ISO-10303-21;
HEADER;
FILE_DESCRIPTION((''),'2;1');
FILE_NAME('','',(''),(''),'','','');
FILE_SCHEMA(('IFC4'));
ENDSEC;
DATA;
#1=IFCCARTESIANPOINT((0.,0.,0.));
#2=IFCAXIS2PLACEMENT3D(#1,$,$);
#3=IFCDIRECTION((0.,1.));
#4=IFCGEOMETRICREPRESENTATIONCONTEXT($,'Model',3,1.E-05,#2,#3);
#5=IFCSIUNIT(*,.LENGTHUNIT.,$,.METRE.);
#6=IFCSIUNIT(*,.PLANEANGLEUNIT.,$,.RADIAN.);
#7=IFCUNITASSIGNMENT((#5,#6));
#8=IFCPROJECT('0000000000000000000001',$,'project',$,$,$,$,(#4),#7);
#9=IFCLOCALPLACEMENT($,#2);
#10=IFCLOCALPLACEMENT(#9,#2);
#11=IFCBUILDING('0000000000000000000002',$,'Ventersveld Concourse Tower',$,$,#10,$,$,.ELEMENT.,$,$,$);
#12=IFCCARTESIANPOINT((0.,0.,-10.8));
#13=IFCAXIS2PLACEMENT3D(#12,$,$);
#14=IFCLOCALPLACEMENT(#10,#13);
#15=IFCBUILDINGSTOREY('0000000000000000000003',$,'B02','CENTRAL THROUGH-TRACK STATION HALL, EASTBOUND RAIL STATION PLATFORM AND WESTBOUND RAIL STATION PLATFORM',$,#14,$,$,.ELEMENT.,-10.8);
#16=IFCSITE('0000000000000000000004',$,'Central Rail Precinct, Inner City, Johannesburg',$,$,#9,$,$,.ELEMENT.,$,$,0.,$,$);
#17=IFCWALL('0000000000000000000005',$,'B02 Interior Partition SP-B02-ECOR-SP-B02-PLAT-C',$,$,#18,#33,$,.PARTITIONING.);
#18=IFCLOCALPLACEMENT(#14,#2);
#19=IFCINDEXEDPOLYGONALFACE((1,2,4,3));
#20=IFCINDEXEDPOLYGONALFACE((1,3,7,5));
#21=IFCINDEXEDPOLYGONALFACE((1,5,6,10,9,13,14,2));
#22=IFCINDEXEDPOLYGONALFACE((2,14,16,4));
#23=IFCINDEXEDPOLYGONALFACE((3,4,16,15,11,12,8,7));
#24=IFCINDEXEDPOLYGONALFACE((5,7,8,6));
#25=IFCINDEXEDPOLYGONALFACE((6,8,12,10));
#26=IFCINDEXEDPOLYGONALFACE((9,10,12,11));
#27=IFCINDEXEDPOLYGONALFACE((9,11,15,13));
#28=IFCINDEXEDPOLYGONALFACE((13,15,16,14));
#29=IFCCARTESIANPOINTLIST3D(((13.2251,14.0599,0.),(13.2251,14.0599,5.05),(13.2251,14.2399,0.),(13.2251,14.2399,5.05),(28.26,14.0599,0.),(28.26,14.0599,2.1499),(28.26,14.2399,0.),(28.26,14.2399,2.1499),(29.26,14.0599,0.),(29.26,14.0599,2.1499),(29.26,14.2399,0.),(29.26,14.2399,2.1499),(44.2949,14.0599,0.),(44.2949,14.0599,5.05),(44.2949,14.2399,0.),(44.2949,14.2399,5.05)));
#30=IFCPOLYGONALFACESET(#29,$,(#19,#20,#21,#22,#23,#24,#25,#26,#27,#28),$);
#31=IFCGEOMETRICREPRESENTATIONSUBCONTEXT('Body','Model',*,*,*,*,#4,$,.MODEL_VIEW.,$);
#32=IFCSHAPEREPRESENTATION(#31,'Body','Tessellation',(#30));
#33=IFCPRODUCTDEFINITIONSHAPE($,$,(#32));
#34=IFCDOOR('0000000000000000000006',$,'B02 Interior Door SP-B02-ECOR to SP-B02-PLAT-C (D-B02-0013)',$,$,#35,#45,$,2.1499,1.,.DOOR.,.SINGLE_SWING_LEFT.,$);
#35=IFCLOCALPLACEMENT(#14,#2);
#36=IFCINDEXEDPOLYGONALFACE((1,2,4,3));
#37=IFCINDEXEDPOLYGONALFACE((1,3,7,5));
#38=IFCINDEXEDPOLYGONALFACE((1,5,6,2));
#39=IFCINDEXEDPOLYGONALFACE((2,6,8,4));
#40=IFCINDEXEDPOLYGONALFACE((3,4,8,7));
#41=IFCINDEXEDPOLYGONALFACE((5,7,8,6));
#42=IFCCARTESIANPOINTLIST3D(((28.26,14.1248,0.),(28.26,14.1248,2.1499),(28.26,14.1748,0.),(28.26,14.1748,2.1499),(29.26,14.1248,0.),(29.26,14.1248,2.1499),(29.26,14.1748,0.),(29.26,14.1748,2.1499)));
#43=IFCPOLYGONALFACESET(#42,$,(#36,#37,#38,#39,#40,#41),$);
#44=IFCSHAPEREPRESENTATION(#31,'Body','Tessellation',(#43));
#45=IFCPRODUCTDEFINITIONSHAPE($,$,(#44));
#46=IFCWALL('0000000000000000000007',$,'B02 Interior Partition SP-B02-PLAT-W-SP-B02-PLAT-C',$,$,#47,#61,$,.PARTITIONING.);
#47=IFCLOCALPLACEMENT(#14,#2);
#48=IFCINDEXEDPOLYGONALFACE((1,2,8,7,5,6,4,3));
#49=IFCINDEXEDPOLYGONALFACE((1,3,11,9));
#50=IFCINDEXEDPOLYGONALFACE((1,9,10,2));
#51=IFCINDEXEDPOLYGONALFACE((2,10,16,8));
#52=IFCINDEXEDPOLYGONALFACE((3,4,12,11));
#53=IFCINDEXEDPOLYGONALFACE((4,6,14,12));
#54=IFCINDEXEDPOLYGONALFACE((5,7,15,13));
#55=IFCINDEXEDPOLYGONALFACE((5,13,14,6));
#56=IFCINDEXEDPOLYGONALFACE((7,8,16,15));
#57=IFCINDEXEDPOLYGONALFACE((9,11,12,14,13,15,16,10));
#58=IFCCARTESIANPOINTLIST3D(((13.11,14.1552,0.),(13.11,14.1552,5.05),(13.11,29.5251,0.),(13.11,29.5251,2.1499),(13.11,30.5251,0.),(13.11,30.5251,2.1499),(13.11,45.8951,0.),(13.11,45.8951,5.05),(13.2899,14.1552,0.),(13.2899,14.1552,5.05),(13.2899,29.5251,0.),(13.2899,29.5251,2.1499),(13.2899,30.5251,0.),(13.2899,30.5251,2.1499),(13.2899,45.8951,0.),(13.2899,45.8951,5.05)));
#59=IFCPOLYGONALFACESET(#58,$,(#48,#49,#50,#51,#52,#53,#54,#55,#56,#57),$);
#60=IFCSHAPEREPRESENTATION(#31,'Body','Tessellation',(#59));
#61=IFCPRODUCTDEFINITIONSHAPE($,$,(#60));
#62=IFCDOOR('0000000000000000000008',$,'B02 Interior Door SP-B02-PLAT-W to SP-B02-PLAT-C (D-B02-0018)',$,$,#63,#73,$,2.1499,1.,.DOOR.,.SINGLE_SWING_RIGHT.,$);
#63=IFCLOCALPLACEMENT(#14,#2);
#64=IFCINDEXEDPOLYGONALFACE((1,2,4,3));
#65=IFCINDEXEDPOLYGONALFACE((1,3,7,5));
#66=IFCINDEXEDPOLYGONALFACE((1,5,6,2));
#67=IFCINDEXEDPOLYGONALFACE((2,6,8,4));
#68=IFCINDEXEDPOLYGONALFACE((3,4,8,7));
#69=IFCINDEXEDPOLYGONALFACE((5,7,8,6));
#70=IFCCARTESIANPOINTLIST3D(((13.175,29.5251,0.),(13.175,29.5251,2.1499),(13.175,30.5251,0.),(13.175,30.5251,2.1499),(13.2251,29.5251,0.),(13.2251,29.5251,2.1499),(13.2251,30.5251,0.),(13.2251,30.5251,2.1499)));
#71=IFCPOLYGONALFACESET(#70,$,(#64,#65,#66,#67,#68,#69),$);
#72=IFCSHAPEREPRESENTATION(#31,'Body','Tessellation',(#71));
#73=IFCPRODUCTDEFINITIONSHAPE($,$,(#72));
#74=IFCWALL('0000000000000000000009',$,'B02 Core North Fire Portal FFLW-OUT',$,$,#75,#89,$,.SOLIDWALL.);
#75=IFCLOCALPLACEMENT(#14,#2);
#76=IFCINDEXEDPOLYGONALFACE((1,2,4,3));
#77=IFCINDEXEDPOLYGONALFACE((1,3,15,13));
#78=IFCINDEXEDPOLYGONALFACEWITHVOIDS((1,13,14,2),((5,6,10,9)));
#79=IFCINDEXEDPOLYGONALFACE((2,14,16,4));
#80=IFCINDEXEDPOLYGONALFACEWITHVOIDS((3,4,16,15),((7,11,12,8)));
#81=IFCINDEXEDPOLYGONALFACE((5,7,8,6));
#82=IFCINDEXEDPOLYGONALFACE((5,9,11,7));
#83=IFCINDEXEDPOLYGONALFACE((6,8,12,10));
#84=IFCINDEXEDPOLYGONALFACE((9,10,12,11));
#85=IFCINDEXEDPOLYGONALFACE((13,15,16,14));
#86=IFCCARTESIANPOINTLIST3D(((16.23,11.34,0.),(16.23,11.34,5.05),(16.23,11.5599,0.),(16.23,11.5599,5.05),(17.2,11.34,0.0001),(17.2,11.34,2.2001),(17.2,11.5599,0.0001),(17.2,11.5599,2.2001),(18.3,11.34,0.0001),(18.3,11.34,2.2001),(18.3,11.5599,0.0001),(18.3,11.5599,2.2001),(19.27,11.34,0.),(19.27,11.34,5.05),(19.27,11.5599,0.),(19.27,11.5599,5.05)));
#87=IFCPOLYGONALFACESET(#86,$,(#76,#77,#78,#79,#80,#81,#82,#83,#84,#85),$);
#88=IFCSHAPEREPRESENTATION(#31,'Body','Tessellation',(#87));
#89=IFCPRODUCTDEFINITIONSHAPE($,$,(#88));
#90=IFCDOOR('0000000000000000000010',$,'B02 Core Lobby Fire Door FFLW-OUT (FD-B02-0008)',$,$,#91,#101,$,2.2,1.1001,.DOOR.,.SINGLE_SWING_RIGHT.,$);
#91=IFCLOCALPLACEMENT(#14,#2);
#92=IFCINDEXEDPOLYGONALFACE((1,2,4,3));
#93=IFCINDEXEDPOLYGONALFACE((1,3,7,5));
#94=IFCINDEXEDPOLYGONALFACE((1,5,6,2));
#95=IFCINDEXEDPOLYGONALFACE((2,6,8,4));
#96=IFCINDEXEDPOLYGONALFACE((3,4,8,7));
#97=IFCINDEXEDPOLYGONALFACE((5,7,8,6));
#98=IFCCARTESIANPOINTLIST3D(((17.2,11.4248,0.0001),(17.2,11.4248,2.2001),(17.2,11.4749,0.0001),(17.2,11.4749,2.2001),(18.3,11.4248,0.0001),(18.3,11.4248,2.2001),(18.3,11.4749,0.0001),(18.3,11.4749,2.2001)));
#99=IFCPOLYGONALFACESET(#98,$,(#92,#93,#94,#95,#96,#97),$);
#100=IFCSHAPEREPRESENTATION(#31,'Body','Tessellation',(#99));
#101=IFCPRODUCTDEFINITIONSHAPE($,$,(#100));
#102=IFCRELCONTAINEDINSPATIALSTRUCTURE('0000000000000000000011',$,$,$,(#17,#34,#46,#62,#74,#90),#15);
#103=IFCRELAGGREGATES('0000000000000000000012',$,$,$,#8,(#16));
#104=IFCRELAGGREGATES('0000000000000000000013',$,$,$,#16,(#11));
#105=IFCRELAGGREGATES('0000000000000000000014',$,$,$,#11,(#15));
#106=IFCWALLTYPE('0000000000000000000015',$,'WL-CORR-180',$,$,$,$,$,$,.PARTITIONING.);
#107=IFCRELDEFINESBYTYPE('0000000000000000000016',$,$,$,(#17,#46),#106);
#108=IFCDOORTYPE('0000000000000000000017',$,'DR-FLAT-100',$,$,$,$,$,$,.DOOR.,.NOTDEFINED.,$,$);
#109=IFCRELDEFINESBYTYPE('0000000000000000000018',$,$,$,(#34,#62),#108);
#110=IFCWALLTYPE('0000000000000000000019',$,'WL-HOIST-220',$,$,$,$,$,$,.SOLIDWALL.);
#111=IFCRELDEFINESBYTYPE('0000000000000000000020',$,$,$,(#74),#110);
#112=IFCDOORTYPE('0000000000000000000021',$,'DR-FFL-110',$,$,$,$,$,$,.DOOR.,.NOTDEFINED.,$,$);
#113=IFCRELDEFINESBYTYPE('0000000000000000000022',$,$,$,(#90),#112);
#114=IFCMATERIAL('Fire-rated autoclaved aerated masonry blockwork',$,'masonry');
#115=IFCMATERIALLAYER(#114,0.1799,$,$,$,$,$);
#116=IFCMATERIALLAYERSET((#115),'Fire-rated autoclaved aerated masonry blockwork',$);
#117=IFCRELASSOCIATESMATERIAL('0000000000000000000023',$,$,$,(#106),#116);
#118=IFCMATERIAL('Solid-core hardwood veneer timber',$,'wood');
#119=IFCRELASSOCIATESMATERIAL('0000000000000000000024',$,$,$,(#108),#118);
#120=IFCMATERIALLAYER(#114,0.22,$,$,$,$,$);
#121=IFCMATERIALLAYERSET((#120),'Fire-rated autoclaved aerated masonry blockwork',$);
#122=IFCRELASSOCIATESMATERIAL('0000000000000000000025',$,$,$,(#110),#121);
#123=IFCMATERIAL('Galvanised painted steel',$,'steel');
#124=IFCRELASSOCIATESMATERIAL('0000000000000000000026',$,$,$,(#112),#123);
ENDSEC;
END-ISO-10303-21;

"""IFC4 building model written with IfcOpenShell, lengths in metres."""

from ifc_helpers import new_model, si_unit, direction, frame, frame_2d, origin, place, context, subcontext, project, spatial, rectangle, extrude, material, layer, layer_set, type_object, element, fill, save


model = new_model("IFC4")

# Units and contexts
model_context = context("Model", 3, precision=1e-05, world=origin(), true_north=direction((0.0, 1.0)))
body_context = subcontext(model_context, "Body", "Model", "MODEL_VIEW")
ifc_project = project(units=[si_unit("LENGTHUNIT", "METRE"), si_unit("PLANEANGLEUNIT", "RADIAN")], contexts=[model_context])

# Site, building, storey
site_placement = place(None, origin())
site = spatial("IfcSite", under=ifc_project, at=site_placement, Name="Central Rail Precinct, Inner City, Johannesburg", CompositionType="ELEMENT", RefElevation=0.0)
building_placement = place(site_placement, origin())
building = spatial("IfcBuilding", under=site, at=building_placement, Name="Ventersveld Concourse Tower", CompositionType="ELEMENT")
storey_placement = place(building_placement, frame((0.0, 0.0, -10.8)))
storey = spatial("IfcBuildingStorey", under=building, at=storey_placement, Name="B02", Description="CENTRAL THROUGH-TRACK STATION HALL, EASTBOUND RAIL STATION PLATFORM AND WESTBOUND RAIL STATION PLATFORM", CompositionType="ELEMENT", Elevation=-10.8)

# Walls, openings, doors
ifc_material_1 = material(Name="Fire-rated autoclaved aerated masonry blockwork", Category="masonry")
ifc_layer_1 = layer(ifc_material_1, 0.1799)
ifc_layer_set_1 = layer_set([ifc_layer_1], Name="Fire-rated autoclaved aerated masonry blockwork")
wall_type_1 = type_object("IfcWallType", Name="WL-CORR-180", PredefinedType="PARTITIONING", material=ifc_layer_set_1)
wall_1_placement = place(storey_placement, frame((13.2251, 14.1499, 0.0), z_axis=(0.0, 0.0, 1.0), x_axis=(1.0, 0.0, 0.0)))
wall_1 = element("IfcWall", 1, at=wall_1_placement, inside=storey, type_object=wall_type_1, Name="B02 Interior Partition SP-B02-ECOR-SP-B02-PLAT-C", PredefinedType="PARTITIONING", context=body_context, shape_type="SweptSolid", body=[
    extrude(rectangle(XDim=31.0698, YDim=0.1799, at=frame_2d((15.5349, 0.0))), origin(), (0.0, 0.0, 1.0), 5.05),
])
opening_1_placement = place(wall_1_placement, frame((15.0349, 0.0, 0.0)))
opening_1 = element("IfcOpeningElement", 2, at=opening_1_placement, cuts=wall_1, PredefinedType="OPENING", context=body_context, shape_type="SweptSolid", body=[
    extrude(rectangle(XDim=1.0, YDim=2.1499, at=frame_2d((0.5, 1.075))), frame((0.0, 0.1001, 0.0), z_axis=(0.0, -1.0, 0.0), x_axis=(1.0, 0.0, 0.0)), (0.0, 0.0, 1.0), 0.2),
])
ifc_material_2 = material(Name="Solid-core hardwood veneer timber", Category="wood")
door_type_1 = type_object("IfcDoorType", Name="DR-FLAT-100", OperationType="NOTDEFINED", PredefinedType="DOOR", material=ifc_material_2)
door_1_placement = place(opening_1_placement, origin())
door_1 = element("IfcDoor", 3, at=door_1_placement, inside=storey, type_object=door_type_1, Name="B02 Interior Door SP-B02-ECOR to SP-B02-PLAT-C (D-B02-0013)", OperationType="SINGLE_SWING_LEFT", OverallHeight=2.1499, OverallWidth=1.0, PredefinedType="DOOR", context=body_context, shape_type="SweptSolid", body=[
    extrude(rectangle(XDim=1.0, YDim=2.1499, at=frame_2d((0.5, 1.075))), frame((0.0, 0.0249, 0.0), z_axis=(0.0, -1.0, 0.0), x_axis=(1.0, 0.0, 0.0)), (0.0, 0.0, 1.0), 0.05),
])
fill(opening_1, door_1)
wall_2_placement = place(storey_placement, frame((13.2, 14.155, 0.0), z_axis=(0.0, 0.0, 1.0), x_axis=(0.0, 1.0, 0.0)))
wall_2 = element("IfcWall", 4, at=wall_2_placement, inside=storey, type_object=wall_type_1, Name="B02 Interior Partition SP-B02-PLAT-W-SP-B02-PLAT-C", PredefinedType="PARTITIONING", context=body_context, shape_type="SweptSolid", body=[
    extrude(rectangle(XDim=31.74, YDim=0.1799, at=frame_2d((15.8701, 0.0))), origin(), (0.0, 0.0, 1.0), 5.05),
])
opening_2_placement = place(wall_2_placement, frame((15.3701, 0.0, 0.0)))
opening_2 = element("IfcOpeningElement", 5, at=opening_2_placement, cuts=wall_2, PredefinedType="OPENING", context=body_context, shape_type="SweptSolid", body=[
    extrude(rectangle(XDim=1.0, YDim=2.1499, at=frame_2d((0.5, 1.075))), frame((0.0, 0.1001, 0.0), z_axis=(0.0, -1.0, 0.0), x_axis=(1.0, 0.0, 0.0)), (0.0, 0.0, 1.0), 0.2),
])
door_2_placement = place(opening_2_placement, origin())
door_2 = element("IfcDoor", 6, at=door_2_placement, inside=storey, type_object=door_type_1, Name="B02 Interior Door SP-B02-PLAT-W to SP-B02-PLAT-C (D-B02-0018)", OperationType="SINGLE_SWING_RIGHT", OverallHeight=2.1499, OverallWidth=1.0, PredefinedType="DOOR", context=body_context, shape_type="SweptSolid", body=[
    extrude(rectangle(XDim=1.0, YDim=2.1499, at=frame_2d((0.5, 1.075))), frame((0.0, 0.0249, 0.0), z_axis=(0.0, -1.0, 0.0), x_axis=(1.0, 0.0, 0.0)), (0.0, 0.0, 1.0), 0.05),
])
fill(opening_2, door_2)
ifc_layer_2 = layer(ifc_material_1, 0.22)
ifc_layer_set_2 = layer_set([ifc_layer_2], Name="Fire-rated autoclaved aerated masonry blockwork")
wall_type_2 = type_object("IfcWallType", Name="WL-HOIST-220", PredefinedType="SOLIDWALL", material=ifc_layer_set_2)
wall_3_placement = place(storey_placement, frame((16.23, 11.45, 0.0), z_axis=(0.0, 0.0, 1.0), x_axis=(1.0, 0.0, 0.0)))
wall_3 = element("IfcWall", 7, at=wall_3_placement, inside=storey, type_object=wall_type_2, Name="B02 Core North Fire Portal FFLW-OUT", PredefinedType="SOLIDWALL", context=body_context, shape_type="SweptSolid", body=[
    extrude(rectangle(XDim=3.04, YDim=0.22, at=frame_2d((1.52, 0.0))), origin(), (0.0, 0.0, 1.0), 5.05),
])
opening_3_placement = place(wall_3_placement, frame((0.97, 0.0, 0.0)))
opening_3 = element("IfcOpeningElement", 8, at=opening_3_placement, cuts=wall_3, PredefinedType="OPENING", context=body_context, shape_type="SweptSolid", body=[
    extrude(rectangle(XDim=1.1001, YDim=2.2, at=frame_2d((0.55, 1.1001))), frame((0.0, 0.1201, 0.0), z_axis=(0.0, -1.0, 0.0), x_axis=(1.0, 0.0, 0.0)), (0.0, 0.0, 1.0), 0.24),
])
ifc_material_3 = material(Name="Galvanised painted steel", Category="steel")
door_type_2 = type_object("IfcDoorType", Name="DR-FFL-110", OperationType="NOTDEFINED", PredefinedType="DOOR", material=ifc_material_3)
door_3_placement = place(opening_3_placement, origin())
door_3 = element("IfcDoor", 9, at=door_3_placement, inside=storey, type_object=door_type_2, Name="B02 Core Lobby Fire Door FFLW-OUT (FD-B02-0008)", OperationType="SINGLE_SWING_RIGHT", OverallHeight=2.2, OverallWidth=1.1001, PredefinedType="DOOR", context=body_context, shape_type="SweptSolid", body=[
    extrude(rectangle(XDim=1.1001, YDim=2.2, at=frame_2d((0.55, 1.1001))), frame((0.0, 0.0249, 0.0), z_axis=(0.0, -1.0, 0.0), x_axis=(1.0, 0.0, 0.0)), (0.0, 0.0, 1.0), 0.05),
])
fill(opening_3, door_3)

save(model, "model.ifc")
